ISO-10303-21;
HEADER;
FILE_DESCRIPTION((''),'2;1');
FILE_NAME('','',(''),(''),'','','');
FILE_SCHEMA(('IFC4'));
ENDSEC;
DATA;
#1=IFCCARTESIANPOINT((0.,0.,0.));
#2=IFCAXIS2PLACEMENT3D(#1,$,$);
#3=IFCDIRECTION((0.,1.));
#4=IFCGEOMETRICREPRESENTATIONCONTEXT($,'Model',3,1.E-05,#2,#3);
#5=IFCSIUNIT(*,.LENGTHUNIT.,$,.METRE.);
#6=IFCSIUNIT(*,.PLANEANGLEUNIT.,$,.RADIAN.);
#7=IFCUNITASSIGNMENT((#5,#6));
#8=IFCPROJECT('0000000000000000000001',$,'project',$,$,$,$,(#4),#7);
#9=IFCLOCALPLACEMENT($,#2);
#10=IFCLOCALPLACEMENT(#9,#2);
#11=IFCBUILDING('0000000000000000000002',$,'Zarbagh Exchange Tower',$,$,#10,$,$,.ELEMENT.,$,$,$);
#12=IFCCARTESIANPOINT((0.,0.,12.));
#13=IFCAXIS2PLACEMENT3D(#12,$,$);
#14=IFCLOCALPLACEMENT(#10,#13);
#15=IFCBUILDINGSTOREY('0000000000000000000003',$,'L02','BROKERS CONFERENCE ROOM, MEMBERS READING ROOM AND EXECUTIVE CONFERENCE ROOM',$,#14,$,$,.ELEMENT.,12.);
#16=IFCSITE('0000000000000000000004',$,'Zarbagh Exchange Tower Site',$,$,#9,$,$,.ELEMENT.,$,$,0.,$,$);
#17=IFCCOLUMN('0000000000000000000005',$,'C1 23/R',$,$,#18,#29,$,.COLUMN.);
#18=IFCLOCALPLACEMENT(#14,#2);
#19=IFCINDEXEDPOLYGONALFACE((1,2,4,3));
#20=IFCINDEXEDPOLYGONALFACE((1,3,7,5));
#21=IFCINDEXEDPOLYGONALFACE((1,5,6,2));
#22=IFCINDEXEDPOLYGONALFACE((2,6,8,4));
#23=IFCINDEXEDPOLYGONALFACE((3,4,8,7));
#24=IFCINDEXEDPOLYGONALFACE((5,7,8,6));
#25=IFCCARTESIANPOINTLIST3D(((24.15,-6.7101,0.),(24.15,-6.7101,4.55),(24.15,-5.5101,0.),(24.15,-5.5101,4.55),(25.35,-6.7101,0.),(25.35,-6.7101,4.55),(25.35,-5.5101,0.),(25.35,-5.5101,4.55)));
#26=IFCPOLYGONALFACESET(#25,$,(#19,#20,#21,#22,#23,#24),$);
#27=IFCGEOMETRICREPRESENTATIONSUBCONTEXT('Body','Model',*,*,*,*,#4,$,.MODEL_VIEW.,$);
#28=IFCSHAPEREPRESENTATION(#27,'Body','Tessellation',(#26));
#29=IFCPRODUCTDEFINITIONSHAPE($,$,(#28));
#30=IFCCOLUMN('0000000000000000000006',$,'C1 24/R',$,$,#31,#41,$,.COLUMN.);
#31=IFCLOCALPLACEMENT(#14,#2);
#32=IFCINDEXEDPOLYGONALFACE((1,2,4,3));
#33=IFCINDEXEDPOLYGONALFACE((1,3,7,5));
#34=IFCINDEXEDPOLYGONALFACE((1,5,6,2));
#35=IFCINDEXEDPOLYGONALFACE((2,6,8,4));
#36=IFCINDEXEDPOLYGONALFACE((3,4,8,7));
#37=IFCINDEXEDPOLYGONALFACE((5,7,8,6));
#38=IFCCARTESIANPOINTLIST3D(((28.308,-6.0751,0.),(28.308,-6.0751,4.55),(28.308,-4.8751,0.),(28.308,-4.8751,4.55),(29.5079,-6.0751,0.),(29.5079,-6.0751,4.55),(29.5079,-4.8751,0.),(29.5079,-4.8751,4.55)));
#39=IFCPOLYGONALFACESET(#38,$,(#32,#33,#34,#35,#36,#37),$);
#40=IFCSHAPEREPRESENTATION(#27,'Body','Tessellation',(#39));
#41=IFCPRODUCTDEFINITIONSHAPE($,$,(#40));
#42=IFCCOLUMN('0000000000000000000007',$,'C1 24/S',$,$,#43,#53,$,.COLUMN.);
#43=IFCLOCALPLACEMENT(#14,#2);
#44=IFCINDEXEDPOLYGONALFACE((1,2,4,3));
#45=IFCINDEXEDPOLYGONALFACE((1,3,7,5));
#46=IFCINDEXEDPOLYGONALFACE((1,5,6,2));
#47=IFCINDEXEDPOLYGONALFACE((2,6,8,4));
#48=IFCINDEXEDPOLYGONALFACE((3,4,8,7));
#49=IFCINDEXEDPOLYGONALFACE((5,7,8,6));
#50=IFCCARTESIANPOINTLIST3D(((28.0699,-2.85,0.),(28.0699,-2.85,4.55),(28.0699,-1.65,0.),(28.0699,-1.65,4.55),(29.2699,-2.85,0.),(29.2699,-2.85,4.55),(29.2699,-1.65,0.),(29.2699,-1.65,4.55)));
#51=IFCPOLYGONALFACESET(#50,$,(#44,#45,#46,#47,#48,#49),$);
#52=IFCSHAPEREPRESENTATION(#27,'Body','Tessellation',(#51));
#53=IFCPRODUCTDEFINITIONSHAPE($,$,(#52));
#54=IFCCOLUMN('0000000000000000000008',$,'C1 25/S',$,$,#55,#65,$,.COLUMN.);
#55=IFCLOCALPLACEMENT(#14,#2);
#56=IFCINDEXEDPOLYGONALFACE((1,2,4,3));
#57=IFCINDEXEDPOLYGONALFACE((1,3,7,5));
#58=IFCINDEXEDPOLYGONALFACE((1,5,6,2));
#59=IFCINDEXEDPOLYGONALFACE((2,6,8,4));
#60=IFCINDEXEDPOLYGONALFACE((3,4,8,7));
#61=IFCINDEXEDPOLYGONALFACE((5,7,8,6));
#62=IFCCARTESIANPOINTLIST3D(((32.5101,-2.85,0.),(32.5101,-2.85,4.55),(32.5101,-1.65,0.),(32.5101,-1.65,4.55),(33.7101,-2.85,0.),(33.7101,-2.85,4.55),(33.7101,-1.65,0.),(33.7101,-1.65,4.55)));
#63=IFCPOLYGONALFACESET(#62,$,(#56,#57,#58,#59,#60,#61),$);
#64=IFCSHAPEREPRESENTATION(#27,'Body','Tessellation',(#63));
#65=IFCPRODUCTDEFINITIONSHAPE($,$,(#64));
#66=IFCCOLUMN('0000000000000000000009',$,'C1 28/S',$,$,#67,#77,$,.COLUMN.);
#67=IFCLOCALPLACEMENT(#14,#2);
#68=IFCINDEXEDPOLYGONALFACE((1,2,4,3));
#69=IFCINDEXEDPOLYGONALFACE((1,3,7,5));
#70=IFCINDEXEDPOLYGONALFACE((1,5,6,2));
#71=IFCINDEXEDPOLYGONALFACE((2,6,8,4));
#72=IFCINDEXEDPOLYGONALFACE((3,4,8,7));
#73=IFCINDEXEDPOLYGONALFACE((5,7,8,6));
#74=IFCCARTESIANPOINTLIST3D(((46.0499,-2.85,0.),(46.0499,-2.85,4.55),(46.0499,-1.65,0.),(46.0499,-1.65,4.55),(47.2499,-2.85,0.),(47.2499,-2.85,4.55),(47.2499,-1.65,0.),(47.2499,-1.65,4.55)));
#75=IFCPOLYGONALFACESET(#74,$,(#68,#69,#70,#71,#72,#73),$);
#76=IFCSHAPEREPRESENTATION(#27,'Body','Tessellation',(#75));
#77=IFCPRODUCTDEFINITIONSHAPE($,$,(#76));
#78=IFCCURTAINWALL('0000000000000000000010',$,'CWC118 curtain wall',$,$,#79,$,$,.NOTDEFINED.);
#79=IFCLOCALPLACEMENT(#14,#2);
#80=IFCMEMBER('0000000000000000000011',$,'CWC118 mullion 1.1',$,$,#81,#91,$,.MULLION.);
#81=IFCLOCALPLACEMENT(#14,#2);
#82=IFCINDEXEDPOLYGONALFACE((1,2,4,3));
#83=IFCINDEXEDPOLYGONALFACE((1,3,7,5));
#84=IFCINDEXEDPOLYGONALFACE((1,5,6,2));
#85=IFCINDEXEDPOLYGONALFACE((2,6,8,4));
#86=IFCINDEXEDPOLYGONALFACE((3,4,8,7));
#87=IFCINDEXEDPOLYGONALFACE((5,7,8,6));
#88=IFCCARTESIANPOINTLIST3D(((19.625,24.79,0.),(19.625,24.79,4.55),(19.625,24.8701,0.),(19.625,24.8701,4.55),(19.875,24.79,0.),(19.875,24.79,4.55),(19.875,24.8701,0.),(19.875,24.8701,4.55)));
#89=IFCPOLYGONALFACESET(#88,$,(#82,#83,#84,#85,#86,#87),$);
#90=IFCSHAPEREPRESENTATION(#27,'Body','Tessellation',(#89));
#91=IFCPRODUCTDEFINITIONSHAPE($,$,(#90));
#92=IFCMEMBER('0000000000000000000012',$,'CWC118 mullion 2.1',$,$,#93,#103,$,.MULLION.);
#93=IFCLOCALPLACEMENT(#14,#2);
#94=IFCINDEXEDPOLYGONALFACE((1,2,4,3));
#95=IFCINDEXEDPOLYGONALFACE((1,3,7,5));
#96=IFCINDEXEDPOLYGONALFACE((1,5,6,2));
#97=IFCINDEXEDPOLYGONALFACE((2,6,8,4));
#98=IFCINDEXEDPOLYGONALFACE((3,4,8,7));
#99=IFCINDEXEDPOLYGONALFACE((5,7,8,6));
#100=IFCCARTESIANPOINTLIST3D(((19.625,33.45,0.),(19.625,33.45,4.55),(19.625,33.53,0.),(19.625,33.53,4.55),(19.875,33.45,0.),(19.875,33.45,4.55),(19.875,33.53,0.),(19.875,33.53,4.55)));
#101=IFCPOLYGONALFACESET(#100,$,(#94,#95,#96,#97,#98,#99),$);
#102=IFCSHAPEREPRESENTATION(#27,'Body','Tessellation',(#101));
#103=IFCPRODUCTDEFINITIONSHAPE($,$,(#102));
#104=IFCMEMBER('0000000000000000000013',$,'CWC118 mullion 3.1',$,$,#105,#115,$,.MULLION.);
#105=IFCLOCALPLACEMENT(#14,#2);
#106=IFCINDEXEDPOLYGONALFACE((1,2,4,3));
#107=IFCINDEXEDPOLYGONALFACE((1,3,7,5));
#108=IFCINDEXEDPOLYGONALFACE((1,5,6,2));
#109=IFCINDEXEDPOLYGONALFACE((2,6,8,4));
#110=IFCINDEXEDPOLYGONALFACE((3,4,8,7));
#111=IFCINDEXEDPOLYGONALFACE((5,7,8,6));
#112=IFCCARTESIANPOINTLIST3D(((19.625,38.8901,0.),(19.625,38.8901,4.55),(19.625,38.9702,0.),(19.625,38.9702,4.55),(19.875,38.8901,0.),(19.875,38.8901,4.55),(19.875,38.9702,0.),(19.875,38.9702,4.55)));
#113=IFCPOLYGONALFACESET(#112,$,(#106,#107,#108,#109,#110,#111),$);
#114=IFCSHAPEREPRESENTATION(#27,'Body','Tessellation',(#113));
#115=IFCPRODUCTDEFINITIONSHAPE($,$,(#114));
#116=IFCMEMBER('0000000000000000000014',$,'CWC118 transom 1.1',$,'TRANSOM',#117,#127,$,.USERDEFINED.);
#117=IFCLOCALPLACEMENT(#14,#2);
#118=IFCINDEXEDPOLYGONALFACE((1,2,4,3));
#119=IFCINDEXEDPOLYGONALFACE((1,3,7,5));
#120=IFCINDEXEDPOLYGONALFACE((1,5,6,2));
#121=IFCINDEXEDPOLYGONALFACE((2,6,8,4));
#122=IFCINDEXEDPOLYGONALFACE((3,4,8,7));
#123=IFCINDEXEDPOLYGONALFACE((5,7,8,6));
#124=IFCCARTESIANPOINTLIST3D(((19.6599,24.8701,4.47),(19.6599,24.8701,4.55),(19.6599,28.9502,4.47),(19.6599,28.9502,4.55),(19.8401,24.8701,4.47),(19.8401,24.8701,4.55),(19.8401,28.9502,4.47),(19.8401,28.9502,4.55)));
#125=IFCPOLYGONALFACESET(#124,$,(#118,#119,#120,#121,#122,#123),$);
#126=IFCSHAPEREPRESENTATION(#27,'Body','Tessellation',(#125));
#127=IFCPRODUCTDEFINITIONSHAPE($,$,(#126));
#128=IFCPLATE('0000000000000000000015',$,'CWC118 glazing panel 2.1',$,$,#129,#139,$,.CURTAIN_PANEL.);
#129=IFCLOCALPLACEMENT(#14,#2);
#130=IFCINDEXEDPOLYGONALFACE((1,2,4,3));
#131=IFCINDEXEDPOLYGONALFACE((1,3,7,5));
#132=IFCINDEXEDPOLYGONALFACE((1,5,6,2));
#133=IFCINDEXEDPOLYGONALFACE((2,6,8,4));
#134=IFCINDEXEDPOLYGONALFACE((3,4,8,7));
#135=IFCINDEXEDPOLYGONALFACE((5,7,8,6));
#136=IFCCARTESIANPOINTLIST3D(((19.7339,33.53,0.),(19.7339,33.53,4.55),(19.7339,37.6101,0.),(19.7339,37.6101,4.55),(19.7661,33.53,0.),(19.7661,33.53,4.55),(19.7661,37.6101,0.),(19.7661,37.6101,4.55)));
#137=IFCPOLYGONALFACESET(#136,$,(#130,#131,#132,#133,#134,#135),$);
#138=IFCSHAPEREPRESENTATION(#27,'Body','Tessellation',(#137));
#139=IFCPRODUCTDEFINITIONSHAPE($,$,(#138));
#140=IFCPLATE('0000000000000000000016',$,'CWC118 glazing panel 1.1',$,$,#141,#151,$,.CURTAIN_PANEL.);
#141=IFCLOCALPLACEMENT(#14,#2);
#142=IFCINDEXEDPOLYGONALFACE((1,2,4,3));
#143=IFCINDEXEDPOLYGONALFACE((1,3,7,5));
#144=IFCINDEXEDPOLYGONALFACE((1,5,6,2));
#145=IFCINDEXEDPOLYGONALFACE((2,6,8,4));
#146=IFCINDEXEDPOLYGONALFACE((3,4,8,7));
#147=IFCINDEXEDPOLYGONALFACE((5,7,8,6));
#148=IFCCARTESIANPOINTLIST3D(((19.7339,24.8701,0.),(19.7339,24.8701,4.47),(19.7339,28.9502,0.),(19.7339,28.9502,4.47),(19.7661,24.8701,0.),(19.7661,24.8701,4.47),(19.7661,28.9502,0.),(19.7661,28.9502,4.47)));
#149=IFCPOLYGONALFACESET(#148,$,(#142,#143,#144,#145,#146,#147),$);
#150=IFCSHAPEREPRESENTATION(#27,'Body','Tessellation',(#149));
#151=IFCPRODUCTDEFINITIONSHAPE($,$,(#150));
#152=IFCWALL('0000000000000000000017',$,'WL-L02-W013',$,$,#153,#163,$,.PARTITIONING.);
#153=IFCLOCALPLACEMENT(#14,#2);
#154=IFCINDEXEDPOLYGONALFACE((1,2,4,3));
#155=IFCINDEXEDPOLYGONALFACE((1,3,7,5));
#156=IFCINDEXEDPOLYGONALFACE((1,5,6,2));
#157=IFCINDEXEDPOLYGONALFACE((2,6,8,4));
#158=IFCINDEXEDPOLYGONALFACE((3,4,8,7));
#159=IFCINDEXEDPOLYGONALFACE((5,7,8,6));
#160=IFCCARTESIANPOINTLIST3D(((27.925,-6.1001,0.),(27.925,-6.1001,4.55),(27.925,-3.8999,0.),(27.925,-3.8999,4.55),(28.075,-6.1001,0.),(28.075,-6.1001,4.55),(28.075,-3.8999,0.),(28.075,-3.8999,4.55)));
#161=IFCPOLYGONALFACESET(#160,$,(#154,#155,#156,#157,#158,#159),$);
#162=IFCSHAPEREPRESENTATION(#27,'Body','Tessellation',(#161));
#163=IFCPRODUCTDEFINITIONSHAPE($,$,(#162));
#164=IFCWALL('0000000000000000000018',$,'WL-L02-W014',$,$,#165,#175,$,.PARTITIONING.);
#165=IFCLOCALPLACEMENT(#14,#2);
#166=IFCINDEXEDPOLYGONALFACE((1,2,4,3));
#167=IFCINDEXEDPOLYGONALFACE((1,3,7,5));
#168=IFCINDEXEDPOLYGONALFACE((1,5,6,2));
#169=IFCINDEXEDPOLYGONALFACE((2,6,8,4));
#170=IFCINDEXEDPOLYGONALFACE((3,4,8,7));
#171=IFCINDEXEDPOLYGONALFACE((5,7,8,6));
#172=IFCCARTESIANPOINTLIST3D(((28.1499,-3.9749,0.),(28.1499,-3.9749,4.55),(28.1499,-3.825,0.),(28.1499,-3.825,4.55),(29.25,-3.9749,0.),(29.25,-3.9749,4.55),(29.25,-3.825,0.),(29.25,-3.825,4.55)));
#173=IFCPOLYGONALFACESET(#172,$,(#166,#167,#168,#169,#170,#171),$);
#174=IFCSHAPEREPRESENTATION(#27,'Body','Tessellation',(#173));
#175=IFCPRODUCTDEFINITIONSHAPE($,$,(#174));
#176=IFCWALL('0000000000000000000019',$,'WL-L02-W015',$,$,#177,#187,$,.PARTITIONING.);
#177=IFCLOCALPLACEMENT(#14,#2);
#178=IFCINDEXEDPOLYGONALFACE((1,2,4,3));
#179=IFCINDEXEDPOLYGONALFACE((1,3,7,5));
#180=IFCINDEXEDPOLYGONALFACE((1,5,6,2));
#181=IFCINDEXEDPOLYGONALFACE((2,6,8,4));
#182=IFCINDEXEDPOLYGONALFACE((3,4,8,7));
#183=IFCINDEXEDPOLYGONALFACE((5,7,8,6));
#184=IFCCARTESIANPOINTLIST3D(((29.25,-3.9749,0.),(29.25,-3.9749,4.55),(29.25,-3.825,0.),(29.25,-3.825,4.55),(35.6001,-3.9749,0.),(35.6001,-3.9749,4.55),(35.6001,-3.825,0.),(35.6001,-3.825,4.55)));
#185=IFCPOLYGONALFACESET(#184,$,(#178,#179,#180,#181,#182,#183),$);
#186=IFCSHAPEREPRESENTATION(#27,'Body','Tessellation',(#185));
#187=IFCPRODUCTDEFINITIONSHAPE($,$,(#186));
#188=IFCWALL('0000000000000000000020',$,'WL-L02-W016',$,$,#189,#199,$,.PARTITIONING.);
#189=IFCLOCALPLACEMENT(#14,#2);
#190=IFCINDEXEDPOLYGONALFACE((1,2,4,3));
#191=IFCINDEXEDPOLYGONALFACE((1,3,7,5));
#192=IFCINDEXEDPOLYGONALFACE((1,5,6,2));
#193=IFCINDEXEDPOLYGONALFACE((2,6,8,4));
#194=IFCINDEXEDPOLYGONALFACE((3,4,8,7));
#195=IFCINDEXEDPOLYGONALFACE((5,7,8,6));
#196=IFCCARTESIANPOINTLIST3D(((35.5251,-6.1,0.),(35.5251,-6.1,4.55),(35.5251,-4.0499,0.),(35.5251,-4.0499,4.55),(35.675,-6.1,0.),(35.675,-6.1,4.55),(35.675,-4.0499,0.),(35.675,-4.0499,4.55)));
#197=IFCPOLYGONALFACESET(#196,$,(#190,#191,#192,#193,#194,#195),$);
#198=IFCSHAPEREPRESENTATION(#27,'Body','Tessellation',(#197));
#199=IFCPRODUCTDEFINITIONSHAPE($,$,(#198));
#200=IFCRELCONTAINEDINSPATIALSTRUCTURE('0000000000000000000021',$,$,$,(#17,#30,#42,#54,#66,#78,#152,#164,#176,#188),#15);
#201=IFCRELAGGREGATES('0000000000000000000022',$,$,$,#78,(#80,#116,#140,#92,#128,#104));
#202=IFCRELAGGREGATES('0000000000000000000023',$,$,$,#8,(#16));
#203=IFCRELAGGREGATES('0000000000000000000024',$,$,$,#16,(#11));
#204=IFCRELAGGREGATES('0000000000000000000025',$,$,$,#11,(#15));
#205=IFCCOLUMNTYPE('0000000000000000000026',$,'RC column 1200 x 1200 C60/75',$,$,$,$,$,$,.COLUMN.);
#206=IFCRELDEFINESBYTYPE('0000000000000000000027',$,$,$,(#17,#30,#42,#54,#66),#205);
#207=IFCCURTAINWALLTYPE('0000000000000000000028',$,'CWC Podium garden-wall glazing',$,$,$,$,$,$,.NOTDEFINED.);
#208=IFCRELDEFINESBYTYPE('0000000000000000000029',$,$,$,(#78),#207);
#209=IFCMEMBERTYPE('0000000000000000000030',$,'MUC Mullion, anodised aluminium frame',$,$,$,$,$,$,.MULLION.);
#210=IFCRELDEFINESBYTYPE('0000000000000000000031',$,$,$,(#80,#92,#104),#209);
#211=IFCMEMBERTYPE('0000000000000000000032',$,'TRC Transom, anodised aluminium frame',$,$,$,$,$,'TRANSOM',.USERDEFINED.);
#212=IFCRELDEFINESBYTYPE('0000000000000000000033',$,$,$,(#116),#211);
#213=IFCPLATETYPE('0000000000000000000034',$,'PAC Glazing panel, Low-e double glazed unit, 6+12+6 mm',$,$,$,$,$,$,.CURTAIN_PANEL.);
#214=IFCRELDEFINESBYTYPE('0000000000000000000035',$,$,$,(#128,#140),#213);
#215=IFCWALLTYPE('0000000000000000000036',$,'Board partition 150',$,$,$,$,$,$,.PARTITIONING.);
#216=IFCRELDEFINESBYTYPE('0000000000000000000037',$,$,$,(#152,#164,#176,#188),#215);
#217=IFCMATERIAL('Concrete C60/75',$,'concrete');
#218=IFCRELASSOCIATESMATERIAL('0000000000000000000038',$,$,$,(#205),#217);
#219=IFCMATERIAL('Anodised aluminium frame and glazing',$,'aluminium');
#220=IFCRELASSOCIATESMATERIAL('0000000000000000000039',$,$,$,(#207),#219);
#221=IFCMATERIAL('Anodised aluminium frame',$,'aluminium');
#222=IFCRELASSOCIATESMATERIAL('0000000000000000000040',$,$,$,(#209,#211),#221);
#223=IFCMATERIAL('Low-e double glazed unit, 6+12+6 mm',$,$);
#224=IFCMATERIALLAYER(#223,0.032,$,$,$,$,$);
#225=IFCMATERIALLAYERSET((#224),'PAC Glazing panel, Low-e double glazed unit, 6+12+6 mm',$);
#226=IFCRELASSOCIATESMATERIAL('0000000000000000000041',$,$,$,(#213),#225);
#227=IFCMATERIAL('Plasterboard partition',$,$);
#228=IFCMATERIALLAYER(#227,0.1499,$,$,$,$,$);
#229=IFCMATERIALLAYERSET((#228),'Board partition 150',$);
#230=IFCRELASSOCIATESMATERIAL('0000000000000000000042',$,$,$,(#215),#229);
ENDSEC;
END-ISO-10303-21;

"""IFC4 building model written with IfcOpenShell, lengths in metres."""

from ifc_helpers import new_model, si_unit, direction, frame, frame_2d, origin, origin_2d, place, context, subcontext, project, spatial, polyline, rectangle, outline, extrude, source, transform, mapped, material, layer, layer_set, material_profile, profile_set, type_object, element, aggregate, save


model = new_model("IFC4")

# Units and contexts
model_context = context("Model", 3, precision=1e-05, world=origin(), true_north=direction((0.0, 1.0)))
body_context = subcontext(model_context, "Body", "Model", "MODEL_VIEW")
ifc_project = project(units=[si_unit("LENGTHUNIT", "METRE"), si_unit("PLANEANGLEUNIT", "RADIAN")], contexts=[model_context])

# Site, building, storey
site_placement = place(None, origin())
site = spatial("IfcSite", under=ifc_project, at=site_placement, Name="Zarbagh Exchange Tower Site", CompositionType="ELEMENT", RefElevation=0.0)
building_placement = place(site_placement, origin())
building = spatial("IfcBuilding", under=site, at=building_placement, Name="Zarbagh Exchange Tower", CompositionType="ELEMENT")
storey_placement = place(building_placement, frame((0.0, 0.0, 12.0)))
storey = spatial("IfcBuildingStorey", under=building, at=storey_placement, Name="L02", Description="BROKERS CONFERENCE ROOM, MEMBERS READING ROOM AND EXECUTIVE CONFERENCE ROOM", CompositionType="ELEMENT", Elevation=12.0)

# Columns
ifc_material_1 = material(Name="Concrete C60/75", Category="concrete")
ifc_material_profile = material_profile(ifc_material_1, rectangle(XDim=1.2, YDim=1.2, at=origin_2d()), Name="RC column 1200 x 1200 C60/75")
ifc_profile_set = profile_set([ifc_material_profile], Name="Concrete C60/75")
column_type = type_object("IfcColumnType", Name="RC column 1200 x 1200 C60/75", PredefinedType="COLUMN", material=ifc_profile_set)
for number, where, z_axis, x_axis, name in (
    (1, (24.75, -6.1101, 0.0), (0.0, 0.0, 1.0), (1.0, 0.0, 0.0), "C1 23/R"),
    (2, (28.908, -5.4751, 0.0), (0.0, 0.0, 1.0), (1.0, 0.0, 0.0), "C1 24/R"),
    (3, (28.6699, -2.25, 0.0), (0.0, 0.0, 1.0), (1.0, 0.0, 0.0), "C1 24/S"),
    (4, (33.1101, -2.25, 0.0), (0.0, 0.0, 1.0), (1.0, 0.0, 0.0), "C1 25/S"),
    (5, (46.6499, -2.25, 0.0), (0.0, 0.0, 1.0), (1.0, 0.0, 0.0), "C1 28/S"),
):
    element("IfcColumn", number, at=place(storey_placement, frame(where, z_axis=z_axis, x_axis=x_axis)), inside=storey, type_object=column_type, Name=name, PredefinedType="COLUMN", context=body_context, shape_type="SweptSolid", body=[
        extrude(rectangle(XDim=1.2, YDim=1.2, at=origin_2d()), origin(), (0.0, 0.0, 1.0), 4.55),
    ])

# Curtain wall, members, plates
ifc_material_2 = material(Name="Anodised aluminium frame and glazing", Category="aluminium")
curtain_wall_type = type_object("IfcCurtainWallType", Name="CWC Podium garden-wall glazing", PredefinedType="NOTDEFINED", material=ifc_material_2)
curtain_wall_placement = place(storey_placement, origin())
curtain_wall = element("IfcCurtainWall", 6, at=curtain_wall_placement, inside=storey, type_object=curtain_wall_type, Name="CWC118 curtain wall", PredefinedType="NOTDEFINED")
ifc_material_3 = material(Name="Anodised aluminium frame", Category="aluminium")
member_type_1 = type_object("IfcMemberType", Name="MUC Mullion, anodised aluminium frame", PredefinedType="MULLION", material=ifc_material_3)
shared_shape_1 = source(origin(), body_context, "Body", "SweptSolid", [
    extrude(outline(polyline([(0.0, -0.125), (0.0801, -0.125), (0.0801, 0.125), (0.0, 0.125), (0.0, -0.125)])), origin(), (0.0, 0.0, 1.0), 4.55),
])
placement = place(storey_placement, origin())
member_1 = element("IfcMember", 7, at=placement, type_object=member_type_1, Name="CWC118 mullion 1.1", PredefinedType="MULLION", context=body_context, shape_type="MappedRepresentation", body=[
    mapped(shared_shape_1, transform((19.75, 24.79, 0.0), x_axis=(0.0, 1.0, 0.0), y_axis=(-1.0, 0.0, 0.0), z_axis=(0.0, 0.0, 1.0))),
])
member_2 = element("IfcMember", 8, at=placement, type_object=member_type_1, Name="CWC118 mullion 2.1", PredefinedType="MULLION", context=body_context, shape_type="MappedRepresentation", body=[
    mapped(shared_shape_1, transform((19.75, 33.45, 0.0), x_axis=(0.0, 1.0, 0.0), y_axis=(-1.0, 0.0, 0.0), z_axis=(0.0, 0.0, 1.0))),
])
member_3 = element("IfcMember", 9, at=placement, type_object=member_type_1, Name="CWC118 mullion 3.1", PredefinedType="MULLION", context=body_context, shape_type="MappedRepresentation", body=[
    mapped(shared_shape_1, transform((19.75, 38.8901, 0.0), x_axis=(0.0, 1.0, 0.0), y_axis=(-1.0, 0.0, 0.0), z_axis=(0.0, 0.0, 1.0))),
])
member_type_2 = type_object("IfcMemberType", Name="TRC Transom, anodised aluminium frame", ElementType="TRANSOM", PredefinedType="USERDEFINED", material=ifc_material_3)
shared_shape_2 = source(origin(), body_context, "Body", "SweptSolid", [
    extrude(outline(polyline([(-0.0801, -0.0901), (0.0, -0.0901), (0.0, 0.0901), (-0.0801, 0.0901), (-0.0801, -0.0901)])), origin(), (0.0, 0.0, 1.0), 4.0801),
])
member_4 = element("IfcMember", 10, at=placement, type_object=member_type_2, Name="CWC118 transom 1.1", ObjectType="TRANSOM", PredefinedType="USERDEFINED", context=body_context, shape_type="MappedRepresentation", body=[
    mapped(shared_shape_2, transform((19.75, 24.8701, 4.55), x_axis=(0.0, 0.0, 1.0), y_axis=(1.0, 0.0, 0.0), z_axis=(0.0, 1.0, 0.0))),
])
ifc_material_4 = material(Name="Low-e double glazed unit, 6+12+6 mm")
ifc_layer_1 = layer(ifc_material_4, 0.032)
ifc_layer_set_1 = layer_set([ifc_layer_1], Name="PAC Glazing panel, Low-e double glazed unit, 6+12+6 mm")
plate_type = type_object("IfcPlateType", Name="PAC Glazing panel, Low-e double glazed unit, 6+12+6 mm", PredefinedType="CURTAIN_PANEL", material=ifc_layer_set_1)
shared_shape_3 = source(origin(), body_context, "Body", "SweptSolid", [
    extrude(outline(polyline([(0.0, -0.0161), (4.0801, -0.0161), (4.0801, 0.0161), (0.0, 0.0161), (0.0, -0.0161)])), origin(), (0.0, 0.0, 1.0), 4.55),
])
plate_1 = element("IfcPlate", 11, at=placement, type_object=plate_type, Name="CWC118 glazing panel 2.1", PredefinedType="CURTAIN_PANEL", context=body_context, shape_type="MappedRepresentation", body=[
    mapped(shared_shape_3, transform((19.75, 33.53, 0.0), x_axis=(0.0, 1.0, 0.0), y_axis=(-1.0, 0.0, 0.0), z_axis=(0.0, 0.0, 1.0))),
])
shared_shape_4 = source(origin(), body_context, "Body", "SweptSolid", [
    extrude(outline(polyline([(0.0, -0.0161), (4.0801, -0.0161), (4.0801, 0.0161), (0.0, 0.0161), (0.0, -0.0161)])), origin(), (0.0, 0.0, 1.0), 4.47),
])
plate_2 = element("IfcPlate", 12, at=placement, type_object=plate_type, Name="CWC118 glazing panel 1.1", PredefinedType="CURTAIN_PANEL", context=body_context, shape_type="MappedRepresentation", body=[
    mapped(shared_shape_4, transform((19.75, 24.8701, 0.0), x_axis=(0.0, 1.0, 0.0), y_axis=(-1.0, 0.0, 0.0), z_axis=(0.0, 0.0, 1.0))),
])
aggregate(curtain_wall, [member_1, member_4, plate_2, member_2, plate_1, member_3])

# Walls
ifc_material_5 = material(Name="Plasterboard partition")
ifc_layer_2 = layer(ifc_material_5, 0.1499)
ifc_layer_set_2 = layer_set([ifc_layer_2], Name="Board partition 150")
wall_type = type_object("IfcWallType", Name="Board partition 150", PredefinedType="PARTITIONING", material=ifc_layer_set_2)
wall_1_placement = place(storey_placement, frame((28.0, -6.1001, 0.0), z_axis=(0.0, 0.0, 1.0), x_axis=(0.0, 1.0, 0.0)))
element("IfcWall", 13, at=wall_1_placement, inside=storey, type_object=wall_type, Name="WL-L02-W013", PredefinedType="PARTITIONING", context=body_context, shape_type="SweptSolid", body=[
    extrude(rectangle(XDim=2.2002, YDim=0.1499, at=frame_2d((1.1001, 0.0))), origin(), (0.0, 0.0, 1.0), 4.55),
])
wall_2_placement = place(storey_placement, frame((28.1499, -3.8999, 0.0), z_axis=(0.0, 0.0, 1.0), x_axis=(1.0, 0.0, 0.0)))
element("IfcWall", 14, at=wall_2_placement, inside=storey, type_object=wall_type, Name="WL-L02-W014", PredefinedType="PARTITIONING", context=body_context, shape_type="SweptSolid", body=[
    extrude(rectangle(XDim=1.1001, YDim=0.1499, at=frame_2d((0.55, 0.0))), origin(), (0.0, 0.0, 1.0), 4.55),
])
wall_3_placement = place(storey_placement, frame((29.25, -3.8999, 0.0), z_axis=(0.0, 0.0, 1.0), x_axis=(1.0, 0.0, 0.0)))
element("IfcWall", 15, at=wall_3_placement, inside=storey, type_object=wall_type, Name="WL-L02-W015", PredefinedType="PARTITIONING", context=body_context, shape_type="SweptSolid", body=[
    extrude(rectangle(XDim=6.3501, YDim=0.1499, at=frame_2d((3.175, 0.0))), origin(), (0.0, 0.0, 1.0), 4.55),
])
wall_4_placement = place(storey_placement, frame((35.6001, -4.05, 0.0), z_axis=(0.0, 0.0, 1.0), x_axis=(0.0, -1.0, 0.0)))
element("IfcWall", 16, at=wall_4_placement, inside=storey, type_object=wall_type, Name="WL-L02-W016", PredefinedType="PARTITIONING", context=body_context, shape_type="SweptSolid", body=[
    extrude(rectangle(XDim=2.05, YDim=0.1499, at=frame_2d((1.0249, 0.0))), origin(), (0.0, 0.0, 1.0), 4.55),
])

save(model, "model.ifc")
